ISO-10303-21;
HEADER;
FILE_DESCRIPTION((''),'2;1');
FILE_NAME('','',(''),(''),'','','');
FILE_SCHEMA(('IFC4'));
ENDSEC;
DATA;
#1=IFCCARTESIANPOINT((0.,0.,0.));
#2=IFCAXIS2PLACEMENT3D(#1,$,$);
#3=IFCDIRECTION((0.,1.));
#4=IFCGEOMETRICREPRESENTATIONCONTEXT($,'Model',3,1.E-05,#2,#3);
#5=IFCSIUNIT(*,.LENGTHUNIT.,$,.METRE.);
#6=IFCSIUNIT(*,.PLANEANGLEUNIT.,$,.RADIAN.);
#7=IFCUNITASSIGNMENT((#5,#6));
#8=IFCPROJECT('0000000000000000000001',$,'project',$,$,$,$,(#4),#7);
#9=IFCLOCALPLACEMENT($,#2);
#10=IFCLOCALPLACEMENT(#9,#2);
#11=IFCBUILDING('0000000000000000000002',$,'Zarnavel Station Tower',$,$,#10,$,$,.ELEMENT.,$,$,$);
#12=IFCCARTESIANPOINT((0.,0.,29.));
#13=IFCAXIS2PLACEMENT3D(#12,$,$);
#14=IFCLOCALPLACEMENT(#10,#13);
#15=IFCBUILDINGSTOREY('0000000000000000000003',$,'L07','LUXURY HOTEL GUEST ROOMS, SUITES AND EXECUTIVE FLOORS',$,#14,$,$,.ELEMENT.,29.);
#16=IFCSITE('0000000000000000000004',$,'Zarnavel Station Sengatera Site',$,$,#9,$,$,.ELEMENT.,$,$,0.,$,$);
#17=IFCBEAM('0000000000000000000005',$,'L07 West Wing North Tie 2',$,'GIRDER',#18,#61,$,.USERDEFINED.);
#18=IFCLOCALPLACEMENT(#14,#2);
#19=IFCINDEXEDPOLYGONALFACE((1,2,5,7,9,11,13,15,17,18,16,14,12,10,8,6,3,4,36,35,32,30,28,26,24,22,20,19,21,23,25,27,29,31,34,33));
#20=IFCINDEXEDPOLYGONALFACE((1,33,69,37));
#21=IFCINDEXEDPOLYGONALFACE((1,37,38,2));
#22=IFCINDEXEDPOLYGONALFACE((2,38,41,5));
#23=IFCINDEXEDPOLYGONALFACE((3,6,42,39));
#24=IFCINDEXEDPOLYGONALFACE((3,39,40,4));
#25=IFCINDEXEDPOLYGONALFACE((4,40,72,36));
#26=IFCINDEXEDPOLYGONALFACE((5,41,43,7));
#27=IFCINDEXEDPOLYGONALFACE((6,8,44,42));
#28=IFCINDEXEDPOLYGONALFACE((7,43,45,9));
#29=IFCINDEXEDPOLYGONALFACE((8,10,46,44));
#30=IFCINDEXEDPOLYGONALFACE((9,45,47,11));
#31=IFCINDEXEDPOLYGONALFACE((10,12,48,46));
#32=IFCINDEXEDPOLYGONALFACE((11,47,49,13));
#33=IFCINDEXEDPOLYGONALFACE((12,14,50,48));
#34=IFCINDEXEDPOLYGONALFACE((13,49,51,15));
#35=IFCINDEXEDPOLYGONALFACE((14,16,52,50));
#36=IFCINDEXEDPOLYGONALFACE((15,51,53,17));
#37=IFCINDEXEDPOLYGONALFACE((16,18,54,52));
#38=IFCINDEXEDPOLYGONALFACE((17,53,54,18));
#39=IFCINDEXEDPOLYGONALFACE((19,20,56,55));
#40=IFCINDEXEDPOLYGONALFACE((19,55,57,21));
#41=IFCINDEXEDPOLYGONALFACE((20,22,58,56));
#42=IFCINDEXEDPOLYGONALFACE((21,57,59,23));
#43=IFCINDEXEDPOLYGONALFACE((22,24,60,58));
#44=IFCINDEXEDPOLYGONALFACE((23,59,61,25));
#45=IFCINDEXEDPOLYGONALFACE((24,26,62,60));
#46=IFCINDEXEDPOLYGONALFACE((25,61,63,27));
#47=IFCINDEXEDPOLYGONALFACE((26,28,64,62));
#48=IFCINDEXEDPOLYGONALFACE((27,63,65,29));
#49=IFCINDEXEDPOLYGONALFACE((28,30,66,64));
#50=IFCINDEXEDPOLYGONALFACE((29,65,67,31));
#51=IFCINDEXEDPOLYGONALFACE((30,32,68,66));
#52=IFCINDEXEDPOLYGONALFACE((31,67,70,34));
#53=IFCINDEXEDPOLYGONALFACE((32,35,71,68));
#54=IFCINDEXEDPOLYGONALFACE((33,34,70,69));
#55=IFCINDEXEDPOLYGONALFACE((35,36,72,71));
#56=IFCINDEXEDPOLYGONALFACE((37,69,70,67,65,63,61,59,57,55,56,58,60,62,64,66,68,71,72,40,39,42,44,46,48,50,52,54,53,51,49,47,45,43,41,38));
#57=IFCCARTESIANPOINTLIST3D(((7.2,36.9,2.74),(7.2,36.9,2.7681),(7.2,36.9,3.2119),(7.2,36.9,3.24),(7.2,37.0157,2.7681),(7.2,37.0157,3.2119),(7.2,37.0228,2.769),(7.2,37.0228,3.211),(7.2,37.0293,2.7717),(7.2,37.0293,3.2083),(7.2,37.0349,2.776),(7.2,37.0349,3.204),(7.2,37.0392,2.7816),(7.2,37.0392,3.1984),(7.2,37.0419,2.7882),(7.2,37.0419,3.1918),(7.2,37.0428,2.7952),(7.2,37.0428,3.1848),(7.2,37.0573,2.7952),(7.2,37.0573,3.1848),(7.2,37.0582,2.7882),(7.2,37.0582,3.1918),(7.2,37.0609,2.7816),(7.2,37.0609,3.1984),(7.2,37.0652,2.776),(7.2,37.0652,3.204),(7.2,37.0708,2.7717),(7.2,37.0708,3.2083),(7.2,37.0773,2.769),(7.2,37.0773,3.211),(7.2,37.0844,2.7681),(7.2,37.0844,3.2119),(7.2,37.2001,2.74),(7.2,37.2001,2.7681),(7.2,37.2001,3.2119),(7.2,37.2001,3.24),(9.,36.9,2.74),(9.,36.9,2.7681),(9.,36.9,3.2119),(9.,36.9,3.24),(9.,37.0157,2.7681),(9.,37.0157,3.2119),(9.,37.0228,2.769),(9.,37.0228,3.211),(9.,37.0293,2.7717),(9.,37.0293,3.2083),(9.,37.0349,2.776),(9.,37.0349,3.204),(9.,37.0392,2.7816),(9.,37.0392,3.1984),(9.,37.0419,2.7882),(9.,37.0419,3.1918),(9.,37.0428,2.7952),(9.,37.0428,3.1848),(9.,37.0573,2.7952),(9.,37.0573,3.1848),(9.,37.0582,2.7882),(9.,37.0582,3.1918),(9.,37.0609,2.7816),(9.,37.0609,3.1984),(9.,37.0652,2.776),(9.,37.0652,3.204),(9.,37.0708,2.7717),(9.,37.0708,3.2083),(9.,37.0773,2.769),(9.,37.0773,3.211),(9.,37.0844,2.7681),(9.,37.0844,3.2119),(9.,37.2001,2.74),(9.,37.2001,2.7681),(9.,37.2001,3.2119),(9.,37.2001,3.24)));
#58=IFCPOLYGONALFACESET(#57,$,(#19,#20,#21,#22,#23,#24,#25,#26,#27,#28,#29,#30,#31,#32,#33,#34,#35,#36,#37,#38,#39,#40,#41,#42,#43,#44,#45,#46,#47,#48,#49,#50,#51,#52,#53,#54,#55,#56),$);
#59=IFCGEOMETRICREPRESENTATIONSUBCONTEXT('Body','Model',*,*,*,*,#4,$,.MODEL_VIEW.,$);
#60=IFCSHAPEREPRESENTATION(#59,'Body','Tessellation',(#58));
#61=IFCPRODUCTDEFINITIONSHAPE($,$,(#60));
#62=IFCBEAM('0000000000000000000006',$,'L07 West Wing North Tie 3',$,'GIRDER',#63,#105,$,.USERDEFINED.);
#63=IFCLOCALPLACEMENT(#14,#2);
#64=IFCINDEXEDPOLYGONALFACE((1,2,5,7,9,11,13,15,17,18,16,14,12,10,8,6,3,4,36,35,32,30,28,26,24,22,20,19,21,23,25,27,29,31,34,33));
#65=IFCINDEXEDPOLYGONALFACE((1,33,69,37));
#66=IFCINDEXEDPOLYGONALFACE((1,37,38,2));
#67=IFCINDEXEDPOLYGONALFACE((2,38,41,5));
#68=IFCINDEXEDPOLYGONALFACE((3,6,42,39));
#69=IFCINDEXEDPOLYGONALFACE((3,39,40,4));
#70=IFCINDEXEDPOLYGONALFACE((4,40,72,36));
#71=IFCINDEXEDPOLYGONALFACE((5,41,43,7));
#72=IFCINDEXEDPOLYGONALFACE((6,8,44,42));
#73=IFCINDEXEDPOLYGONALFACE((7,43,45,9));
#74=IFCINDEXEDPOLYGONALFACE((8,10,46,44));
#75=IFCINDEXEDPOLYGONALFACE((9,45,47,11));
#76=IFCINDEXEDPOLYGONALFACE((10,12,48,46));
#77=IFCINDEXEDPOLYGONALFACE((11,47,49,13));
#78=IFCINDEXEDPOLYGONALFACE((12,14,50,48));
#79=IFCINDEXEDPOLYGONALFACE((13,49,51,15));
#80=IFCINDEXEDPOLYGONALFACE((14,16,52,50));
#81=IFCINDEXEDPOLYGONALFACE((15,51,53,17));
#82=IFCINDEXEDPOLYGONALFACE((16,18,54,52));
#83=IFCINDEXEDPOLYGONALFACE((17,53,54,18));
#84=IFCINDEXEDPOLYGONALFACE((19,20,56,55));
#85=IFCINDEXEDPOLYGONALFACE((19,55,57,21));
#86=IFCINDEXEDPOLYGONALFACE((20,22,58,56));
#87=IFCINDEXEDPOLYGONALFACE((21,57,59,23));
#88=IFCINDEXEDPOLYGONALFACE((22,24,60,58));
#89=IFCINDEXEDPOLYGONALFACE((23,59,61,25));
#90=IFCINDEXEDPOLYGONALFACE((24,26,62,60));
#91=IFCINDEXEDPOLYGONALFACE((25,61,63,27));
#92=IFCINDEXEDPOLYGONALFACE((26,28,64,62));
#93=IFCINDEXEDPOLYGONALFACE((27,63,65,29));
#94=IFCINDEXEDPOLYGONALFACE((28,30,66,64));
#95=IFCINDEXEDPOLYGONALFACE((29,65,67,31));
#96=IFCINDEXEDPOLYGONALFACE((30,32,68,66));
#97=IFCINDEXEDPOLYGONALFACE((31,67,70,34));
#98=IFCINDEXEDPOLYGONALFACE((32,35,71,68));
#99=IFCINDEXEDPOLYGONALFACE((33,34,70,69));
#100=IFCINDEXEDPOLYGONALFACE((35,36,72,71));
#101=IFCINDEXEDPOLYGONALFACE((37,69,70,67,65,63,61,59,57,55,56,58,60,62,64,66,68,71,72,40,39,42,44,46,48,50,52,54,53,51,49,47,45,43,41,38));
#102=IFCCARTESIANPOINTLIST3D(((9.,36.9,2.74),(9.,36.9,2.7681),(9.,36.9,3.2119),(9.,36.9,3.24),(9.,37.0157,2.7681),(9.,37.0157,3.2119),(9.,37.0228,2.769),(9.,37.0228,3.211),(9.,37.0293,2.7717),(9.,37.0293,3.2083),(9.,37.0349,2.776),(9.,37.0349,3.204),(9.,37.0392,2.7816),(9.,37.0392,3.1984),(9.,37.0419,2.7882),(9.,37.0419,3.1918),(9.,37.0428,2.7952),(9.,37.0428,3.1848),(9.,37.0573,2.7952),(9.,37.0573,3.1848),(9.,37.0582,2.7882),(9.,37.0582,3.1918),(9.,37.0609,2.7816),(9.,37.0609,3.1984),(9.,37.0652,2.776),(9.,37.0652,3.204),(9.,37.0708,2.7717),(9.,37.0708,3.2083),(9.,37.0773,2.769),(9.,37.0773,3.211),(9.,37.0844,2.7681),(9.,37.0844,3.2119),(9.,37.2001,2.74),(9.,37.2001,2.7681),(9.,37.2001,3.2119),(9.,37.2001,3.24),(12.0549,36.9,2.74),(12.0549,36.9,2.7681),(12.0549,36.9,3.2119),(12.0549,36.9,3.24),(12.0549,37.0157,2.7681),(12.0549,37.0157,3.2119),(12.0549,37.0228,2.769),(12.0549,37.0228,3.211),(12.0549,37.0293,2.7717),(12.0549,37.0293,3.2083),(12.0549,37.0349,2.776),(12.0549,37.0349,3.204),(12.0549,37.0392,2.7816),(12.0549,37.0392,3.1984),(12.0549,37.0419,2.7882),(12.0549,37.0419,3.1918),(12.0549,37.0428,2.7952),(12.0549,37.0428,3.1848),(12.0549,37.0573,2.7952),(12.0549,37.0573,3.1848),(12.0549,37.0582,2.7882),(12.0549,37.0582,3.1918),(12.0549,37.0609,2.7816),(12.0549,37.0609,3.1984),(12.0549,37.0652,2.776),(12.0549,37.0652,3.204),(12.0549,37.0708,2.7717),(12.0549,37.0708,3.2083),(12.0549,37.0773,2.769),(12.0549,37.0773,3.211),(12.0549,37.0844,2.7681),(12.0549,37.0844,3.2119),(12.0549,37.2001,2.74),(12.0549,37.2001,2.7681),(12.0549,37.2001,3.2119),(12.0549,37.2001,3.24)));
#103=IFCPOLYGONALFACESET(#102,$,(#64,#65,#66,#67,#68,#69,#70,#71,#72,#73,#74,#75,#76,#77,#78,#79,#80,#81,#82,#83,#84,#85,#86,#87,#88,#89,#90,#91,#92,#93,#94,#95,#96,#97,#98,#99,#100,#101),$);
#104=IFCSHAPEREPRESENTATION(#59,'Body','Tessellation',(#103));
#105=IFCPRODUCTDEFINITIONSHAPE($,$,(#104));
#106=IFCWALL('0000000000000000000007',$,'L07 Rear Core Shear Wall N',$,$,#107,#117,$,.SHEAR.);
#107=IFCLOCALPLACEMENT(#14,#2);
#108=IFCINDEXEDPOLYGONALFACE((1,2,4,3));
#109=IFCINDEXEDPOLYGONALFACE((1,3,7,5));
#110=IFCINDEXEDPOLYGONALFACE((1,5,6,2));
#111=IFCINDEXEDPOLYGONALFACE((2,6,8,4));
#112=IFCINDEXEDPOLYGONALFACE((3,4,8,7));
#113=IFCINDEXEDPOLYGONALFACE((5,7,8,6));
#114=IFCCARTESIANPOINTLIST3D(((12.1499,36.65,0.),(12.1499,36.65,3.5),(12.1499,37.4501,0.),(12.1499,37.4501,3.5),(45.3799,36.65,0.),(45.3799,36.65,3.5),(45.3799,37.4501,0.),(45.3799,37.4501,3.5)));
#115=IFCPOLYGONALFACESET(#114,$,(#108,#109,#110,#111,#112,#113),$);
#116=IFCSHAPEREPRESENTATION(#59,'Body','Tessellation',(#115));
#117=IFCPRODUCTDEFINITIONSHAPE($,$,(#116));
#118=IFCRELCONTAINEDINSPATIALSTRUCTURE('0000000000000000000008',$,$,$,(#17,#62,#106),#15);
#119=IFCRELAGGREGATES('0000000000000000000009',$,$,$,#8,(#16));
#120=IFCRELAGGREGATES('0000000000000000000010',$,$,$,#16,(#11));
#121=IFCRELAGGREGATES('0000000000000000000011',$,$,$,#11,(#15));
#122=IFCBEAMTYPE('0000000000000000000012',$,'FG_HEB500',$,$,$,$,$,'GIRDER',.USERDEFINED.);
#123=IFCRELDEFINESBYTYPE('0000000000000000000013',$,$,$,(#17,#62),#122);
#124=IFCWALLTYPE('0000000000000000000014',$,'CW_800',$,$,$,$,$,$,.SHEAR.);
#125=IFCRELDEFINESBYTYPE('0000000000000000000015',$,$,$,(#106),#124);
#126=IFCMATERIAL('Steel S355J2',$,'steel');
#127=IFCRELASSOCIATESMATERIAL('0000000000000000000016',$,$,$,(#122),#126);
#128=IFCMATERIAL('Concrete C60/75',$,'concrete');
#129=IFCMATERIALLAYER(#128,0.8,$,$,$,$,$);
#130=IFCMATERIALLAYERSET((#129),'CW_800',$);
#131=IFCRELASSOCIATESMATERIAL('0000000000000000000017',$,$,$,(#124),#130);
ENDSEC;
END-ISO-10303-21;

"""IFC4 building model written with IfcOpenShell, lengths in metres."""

from ifc_helpers import new_model, si_unit, direction, frame, frame_2d, origin, origin_2d, place, context, subcontext, project, spatial, rectangle, i_section, extrude, material, layer, layer_set, material_profile, profile_set, type_object, element, save


model = new_model("IFC4")

# Units and contexts
model_context = context("Model", 3, precision=1e-05, world=origin(), true_north=direction((0.0, 1.0)))
body_context = subcontext(model_context, "Body", "Model", "MODEL_VIEW")
ifc_project = project(units=[si_unit("LENGTHUNIT", "METRE"), si_unit("PLANEANGLEUNIT", "RADIAN")], contexts=[model_context])

# Site, building, storey
site_placement = place(None, origin())
site = spatial("IfcSite", under=ifc_project, at=site_placement, Name="Zarnavel Station Sengatera Site", CompositionType="ELEMENT", RefElevation=0.0)
building_placement = place(site_placement, origin())
building = spatial("IfcBuilding", under=site, at=building_placement, Name="Zarnavel Station Tower", CompositionType="ELEMENT")
storey_placement = place(building_placement, frame((0.0, 0.0, 29.0)))
storey = spatial("IfcBuildingStorey", under=building, at=storey_placement, Name="L07", Description="LUXURY HOTEL GUEST ROOMS, SUITES AND EXECUTIVE FLOORS", CompositionType="ELEMENT", Elevation=29.0)

# Beams
ifc_material_1 = material(Name="Steel S355J2", Category="steel")
ifc_material_profile_1 = material_profile(ifc_material_1, i_section(OverallWidth=0.3, OverallDepth=0.5, WebThickness=0.0144, FlangeThickness=0.0281, FilletRadius=0.0271, at=origin_2d()), Name="HEB500")
ifc_profile_set_1 = profile_set([ifc_material_profile_1], Name="Steel S355J2")
beam_type = type_object("IfcBeamType", Name="FG_HEB500", ElementType="GIRDER", PredefinedType="USERDEFINED", material=ifc_profile_set_1)
beam_1_placement = place(storey_placement, frame((7.2, 37.05, 2.99), z_axis=(1.0, 0.0, 0.0), x_axis=(0.0, 1.0, 0.0)))
element("IfcBeam", 1, at=beam_1_placement, inside=storey, type_object=beam_type, Name="L07 West Wing North Tie 2", ObjectType="GIRDER", PredefinedType="USERDEFINED", context=body_context, shape_type="SweptSolid", body=[
    extrude(i_section(OverallWidth=0.3, OverallDepth=0.5, WebThickness=0.0144, FlangeThickness=0.0281, FilletRadius=0.0271, at=origin_2d()), origin(), (0.0, 0.0, 1.0), 1.8),
])
beam_2_placement = place(storey_placement, frame((9.0, 37.05, 2.99), z_axis=(1.0, 0.0, 0.0), x_axis=(0.0, 1.0, 0.0)))
element("IfcBeam", 2, at=beam_2_placement, inside=storey, type_object=beam_type, Name="L07 West Wing North Tie 3", ObjectType="GIRDER", PredefinedType="USERDEFINED", context=body_context, shape_type="SweptSolid", body=[
    extrude(i_section(OverallWidth=0.3, OverallDepth=0.5, WebThickness=0.0144, FlangeThickness=0.0281, FilletRadius=0.0271, at=origin_2d()), origin(), (0.0, 0.0, 1.0), 3.0549),
])

# Wall
ifc_material_2 = material(Name="Concrete C60/75", Category="concrete")
ifc_layer_1 = layer(ifc_material_2, 0.8)
ifc_layer_set_1 = layer_set([ifc_layer_1], Name="CW_800")
wall_type_1 = type_object("IfcWallType", Name="CW_800", PredefinedType="SHEAR", material=ifc_layer_set_1)
wall_1_placement = place(storey_placement, frame((12.1499, 37.05, 0.0), z_axis=(0.0, 0.0, 1.0), x_axis=(1.0, 0.0, 0.0)))
element("IfcWall", 3, at=wall_1_placement, inside=storey, type_object=wall_type_1, Name="L07 Rear Core Shear Wall N", PredefinedType="SHEAR", context=body_context, shape_type="SweptSolid", body=[
    extrude(rectangle(XDim=33.23, YDim=0.8, at=frame_2d((16.615, 0.0))), origin(), (0.0, 0.0, 1.0), 3.5),
])

save(model, "model.ifc")
